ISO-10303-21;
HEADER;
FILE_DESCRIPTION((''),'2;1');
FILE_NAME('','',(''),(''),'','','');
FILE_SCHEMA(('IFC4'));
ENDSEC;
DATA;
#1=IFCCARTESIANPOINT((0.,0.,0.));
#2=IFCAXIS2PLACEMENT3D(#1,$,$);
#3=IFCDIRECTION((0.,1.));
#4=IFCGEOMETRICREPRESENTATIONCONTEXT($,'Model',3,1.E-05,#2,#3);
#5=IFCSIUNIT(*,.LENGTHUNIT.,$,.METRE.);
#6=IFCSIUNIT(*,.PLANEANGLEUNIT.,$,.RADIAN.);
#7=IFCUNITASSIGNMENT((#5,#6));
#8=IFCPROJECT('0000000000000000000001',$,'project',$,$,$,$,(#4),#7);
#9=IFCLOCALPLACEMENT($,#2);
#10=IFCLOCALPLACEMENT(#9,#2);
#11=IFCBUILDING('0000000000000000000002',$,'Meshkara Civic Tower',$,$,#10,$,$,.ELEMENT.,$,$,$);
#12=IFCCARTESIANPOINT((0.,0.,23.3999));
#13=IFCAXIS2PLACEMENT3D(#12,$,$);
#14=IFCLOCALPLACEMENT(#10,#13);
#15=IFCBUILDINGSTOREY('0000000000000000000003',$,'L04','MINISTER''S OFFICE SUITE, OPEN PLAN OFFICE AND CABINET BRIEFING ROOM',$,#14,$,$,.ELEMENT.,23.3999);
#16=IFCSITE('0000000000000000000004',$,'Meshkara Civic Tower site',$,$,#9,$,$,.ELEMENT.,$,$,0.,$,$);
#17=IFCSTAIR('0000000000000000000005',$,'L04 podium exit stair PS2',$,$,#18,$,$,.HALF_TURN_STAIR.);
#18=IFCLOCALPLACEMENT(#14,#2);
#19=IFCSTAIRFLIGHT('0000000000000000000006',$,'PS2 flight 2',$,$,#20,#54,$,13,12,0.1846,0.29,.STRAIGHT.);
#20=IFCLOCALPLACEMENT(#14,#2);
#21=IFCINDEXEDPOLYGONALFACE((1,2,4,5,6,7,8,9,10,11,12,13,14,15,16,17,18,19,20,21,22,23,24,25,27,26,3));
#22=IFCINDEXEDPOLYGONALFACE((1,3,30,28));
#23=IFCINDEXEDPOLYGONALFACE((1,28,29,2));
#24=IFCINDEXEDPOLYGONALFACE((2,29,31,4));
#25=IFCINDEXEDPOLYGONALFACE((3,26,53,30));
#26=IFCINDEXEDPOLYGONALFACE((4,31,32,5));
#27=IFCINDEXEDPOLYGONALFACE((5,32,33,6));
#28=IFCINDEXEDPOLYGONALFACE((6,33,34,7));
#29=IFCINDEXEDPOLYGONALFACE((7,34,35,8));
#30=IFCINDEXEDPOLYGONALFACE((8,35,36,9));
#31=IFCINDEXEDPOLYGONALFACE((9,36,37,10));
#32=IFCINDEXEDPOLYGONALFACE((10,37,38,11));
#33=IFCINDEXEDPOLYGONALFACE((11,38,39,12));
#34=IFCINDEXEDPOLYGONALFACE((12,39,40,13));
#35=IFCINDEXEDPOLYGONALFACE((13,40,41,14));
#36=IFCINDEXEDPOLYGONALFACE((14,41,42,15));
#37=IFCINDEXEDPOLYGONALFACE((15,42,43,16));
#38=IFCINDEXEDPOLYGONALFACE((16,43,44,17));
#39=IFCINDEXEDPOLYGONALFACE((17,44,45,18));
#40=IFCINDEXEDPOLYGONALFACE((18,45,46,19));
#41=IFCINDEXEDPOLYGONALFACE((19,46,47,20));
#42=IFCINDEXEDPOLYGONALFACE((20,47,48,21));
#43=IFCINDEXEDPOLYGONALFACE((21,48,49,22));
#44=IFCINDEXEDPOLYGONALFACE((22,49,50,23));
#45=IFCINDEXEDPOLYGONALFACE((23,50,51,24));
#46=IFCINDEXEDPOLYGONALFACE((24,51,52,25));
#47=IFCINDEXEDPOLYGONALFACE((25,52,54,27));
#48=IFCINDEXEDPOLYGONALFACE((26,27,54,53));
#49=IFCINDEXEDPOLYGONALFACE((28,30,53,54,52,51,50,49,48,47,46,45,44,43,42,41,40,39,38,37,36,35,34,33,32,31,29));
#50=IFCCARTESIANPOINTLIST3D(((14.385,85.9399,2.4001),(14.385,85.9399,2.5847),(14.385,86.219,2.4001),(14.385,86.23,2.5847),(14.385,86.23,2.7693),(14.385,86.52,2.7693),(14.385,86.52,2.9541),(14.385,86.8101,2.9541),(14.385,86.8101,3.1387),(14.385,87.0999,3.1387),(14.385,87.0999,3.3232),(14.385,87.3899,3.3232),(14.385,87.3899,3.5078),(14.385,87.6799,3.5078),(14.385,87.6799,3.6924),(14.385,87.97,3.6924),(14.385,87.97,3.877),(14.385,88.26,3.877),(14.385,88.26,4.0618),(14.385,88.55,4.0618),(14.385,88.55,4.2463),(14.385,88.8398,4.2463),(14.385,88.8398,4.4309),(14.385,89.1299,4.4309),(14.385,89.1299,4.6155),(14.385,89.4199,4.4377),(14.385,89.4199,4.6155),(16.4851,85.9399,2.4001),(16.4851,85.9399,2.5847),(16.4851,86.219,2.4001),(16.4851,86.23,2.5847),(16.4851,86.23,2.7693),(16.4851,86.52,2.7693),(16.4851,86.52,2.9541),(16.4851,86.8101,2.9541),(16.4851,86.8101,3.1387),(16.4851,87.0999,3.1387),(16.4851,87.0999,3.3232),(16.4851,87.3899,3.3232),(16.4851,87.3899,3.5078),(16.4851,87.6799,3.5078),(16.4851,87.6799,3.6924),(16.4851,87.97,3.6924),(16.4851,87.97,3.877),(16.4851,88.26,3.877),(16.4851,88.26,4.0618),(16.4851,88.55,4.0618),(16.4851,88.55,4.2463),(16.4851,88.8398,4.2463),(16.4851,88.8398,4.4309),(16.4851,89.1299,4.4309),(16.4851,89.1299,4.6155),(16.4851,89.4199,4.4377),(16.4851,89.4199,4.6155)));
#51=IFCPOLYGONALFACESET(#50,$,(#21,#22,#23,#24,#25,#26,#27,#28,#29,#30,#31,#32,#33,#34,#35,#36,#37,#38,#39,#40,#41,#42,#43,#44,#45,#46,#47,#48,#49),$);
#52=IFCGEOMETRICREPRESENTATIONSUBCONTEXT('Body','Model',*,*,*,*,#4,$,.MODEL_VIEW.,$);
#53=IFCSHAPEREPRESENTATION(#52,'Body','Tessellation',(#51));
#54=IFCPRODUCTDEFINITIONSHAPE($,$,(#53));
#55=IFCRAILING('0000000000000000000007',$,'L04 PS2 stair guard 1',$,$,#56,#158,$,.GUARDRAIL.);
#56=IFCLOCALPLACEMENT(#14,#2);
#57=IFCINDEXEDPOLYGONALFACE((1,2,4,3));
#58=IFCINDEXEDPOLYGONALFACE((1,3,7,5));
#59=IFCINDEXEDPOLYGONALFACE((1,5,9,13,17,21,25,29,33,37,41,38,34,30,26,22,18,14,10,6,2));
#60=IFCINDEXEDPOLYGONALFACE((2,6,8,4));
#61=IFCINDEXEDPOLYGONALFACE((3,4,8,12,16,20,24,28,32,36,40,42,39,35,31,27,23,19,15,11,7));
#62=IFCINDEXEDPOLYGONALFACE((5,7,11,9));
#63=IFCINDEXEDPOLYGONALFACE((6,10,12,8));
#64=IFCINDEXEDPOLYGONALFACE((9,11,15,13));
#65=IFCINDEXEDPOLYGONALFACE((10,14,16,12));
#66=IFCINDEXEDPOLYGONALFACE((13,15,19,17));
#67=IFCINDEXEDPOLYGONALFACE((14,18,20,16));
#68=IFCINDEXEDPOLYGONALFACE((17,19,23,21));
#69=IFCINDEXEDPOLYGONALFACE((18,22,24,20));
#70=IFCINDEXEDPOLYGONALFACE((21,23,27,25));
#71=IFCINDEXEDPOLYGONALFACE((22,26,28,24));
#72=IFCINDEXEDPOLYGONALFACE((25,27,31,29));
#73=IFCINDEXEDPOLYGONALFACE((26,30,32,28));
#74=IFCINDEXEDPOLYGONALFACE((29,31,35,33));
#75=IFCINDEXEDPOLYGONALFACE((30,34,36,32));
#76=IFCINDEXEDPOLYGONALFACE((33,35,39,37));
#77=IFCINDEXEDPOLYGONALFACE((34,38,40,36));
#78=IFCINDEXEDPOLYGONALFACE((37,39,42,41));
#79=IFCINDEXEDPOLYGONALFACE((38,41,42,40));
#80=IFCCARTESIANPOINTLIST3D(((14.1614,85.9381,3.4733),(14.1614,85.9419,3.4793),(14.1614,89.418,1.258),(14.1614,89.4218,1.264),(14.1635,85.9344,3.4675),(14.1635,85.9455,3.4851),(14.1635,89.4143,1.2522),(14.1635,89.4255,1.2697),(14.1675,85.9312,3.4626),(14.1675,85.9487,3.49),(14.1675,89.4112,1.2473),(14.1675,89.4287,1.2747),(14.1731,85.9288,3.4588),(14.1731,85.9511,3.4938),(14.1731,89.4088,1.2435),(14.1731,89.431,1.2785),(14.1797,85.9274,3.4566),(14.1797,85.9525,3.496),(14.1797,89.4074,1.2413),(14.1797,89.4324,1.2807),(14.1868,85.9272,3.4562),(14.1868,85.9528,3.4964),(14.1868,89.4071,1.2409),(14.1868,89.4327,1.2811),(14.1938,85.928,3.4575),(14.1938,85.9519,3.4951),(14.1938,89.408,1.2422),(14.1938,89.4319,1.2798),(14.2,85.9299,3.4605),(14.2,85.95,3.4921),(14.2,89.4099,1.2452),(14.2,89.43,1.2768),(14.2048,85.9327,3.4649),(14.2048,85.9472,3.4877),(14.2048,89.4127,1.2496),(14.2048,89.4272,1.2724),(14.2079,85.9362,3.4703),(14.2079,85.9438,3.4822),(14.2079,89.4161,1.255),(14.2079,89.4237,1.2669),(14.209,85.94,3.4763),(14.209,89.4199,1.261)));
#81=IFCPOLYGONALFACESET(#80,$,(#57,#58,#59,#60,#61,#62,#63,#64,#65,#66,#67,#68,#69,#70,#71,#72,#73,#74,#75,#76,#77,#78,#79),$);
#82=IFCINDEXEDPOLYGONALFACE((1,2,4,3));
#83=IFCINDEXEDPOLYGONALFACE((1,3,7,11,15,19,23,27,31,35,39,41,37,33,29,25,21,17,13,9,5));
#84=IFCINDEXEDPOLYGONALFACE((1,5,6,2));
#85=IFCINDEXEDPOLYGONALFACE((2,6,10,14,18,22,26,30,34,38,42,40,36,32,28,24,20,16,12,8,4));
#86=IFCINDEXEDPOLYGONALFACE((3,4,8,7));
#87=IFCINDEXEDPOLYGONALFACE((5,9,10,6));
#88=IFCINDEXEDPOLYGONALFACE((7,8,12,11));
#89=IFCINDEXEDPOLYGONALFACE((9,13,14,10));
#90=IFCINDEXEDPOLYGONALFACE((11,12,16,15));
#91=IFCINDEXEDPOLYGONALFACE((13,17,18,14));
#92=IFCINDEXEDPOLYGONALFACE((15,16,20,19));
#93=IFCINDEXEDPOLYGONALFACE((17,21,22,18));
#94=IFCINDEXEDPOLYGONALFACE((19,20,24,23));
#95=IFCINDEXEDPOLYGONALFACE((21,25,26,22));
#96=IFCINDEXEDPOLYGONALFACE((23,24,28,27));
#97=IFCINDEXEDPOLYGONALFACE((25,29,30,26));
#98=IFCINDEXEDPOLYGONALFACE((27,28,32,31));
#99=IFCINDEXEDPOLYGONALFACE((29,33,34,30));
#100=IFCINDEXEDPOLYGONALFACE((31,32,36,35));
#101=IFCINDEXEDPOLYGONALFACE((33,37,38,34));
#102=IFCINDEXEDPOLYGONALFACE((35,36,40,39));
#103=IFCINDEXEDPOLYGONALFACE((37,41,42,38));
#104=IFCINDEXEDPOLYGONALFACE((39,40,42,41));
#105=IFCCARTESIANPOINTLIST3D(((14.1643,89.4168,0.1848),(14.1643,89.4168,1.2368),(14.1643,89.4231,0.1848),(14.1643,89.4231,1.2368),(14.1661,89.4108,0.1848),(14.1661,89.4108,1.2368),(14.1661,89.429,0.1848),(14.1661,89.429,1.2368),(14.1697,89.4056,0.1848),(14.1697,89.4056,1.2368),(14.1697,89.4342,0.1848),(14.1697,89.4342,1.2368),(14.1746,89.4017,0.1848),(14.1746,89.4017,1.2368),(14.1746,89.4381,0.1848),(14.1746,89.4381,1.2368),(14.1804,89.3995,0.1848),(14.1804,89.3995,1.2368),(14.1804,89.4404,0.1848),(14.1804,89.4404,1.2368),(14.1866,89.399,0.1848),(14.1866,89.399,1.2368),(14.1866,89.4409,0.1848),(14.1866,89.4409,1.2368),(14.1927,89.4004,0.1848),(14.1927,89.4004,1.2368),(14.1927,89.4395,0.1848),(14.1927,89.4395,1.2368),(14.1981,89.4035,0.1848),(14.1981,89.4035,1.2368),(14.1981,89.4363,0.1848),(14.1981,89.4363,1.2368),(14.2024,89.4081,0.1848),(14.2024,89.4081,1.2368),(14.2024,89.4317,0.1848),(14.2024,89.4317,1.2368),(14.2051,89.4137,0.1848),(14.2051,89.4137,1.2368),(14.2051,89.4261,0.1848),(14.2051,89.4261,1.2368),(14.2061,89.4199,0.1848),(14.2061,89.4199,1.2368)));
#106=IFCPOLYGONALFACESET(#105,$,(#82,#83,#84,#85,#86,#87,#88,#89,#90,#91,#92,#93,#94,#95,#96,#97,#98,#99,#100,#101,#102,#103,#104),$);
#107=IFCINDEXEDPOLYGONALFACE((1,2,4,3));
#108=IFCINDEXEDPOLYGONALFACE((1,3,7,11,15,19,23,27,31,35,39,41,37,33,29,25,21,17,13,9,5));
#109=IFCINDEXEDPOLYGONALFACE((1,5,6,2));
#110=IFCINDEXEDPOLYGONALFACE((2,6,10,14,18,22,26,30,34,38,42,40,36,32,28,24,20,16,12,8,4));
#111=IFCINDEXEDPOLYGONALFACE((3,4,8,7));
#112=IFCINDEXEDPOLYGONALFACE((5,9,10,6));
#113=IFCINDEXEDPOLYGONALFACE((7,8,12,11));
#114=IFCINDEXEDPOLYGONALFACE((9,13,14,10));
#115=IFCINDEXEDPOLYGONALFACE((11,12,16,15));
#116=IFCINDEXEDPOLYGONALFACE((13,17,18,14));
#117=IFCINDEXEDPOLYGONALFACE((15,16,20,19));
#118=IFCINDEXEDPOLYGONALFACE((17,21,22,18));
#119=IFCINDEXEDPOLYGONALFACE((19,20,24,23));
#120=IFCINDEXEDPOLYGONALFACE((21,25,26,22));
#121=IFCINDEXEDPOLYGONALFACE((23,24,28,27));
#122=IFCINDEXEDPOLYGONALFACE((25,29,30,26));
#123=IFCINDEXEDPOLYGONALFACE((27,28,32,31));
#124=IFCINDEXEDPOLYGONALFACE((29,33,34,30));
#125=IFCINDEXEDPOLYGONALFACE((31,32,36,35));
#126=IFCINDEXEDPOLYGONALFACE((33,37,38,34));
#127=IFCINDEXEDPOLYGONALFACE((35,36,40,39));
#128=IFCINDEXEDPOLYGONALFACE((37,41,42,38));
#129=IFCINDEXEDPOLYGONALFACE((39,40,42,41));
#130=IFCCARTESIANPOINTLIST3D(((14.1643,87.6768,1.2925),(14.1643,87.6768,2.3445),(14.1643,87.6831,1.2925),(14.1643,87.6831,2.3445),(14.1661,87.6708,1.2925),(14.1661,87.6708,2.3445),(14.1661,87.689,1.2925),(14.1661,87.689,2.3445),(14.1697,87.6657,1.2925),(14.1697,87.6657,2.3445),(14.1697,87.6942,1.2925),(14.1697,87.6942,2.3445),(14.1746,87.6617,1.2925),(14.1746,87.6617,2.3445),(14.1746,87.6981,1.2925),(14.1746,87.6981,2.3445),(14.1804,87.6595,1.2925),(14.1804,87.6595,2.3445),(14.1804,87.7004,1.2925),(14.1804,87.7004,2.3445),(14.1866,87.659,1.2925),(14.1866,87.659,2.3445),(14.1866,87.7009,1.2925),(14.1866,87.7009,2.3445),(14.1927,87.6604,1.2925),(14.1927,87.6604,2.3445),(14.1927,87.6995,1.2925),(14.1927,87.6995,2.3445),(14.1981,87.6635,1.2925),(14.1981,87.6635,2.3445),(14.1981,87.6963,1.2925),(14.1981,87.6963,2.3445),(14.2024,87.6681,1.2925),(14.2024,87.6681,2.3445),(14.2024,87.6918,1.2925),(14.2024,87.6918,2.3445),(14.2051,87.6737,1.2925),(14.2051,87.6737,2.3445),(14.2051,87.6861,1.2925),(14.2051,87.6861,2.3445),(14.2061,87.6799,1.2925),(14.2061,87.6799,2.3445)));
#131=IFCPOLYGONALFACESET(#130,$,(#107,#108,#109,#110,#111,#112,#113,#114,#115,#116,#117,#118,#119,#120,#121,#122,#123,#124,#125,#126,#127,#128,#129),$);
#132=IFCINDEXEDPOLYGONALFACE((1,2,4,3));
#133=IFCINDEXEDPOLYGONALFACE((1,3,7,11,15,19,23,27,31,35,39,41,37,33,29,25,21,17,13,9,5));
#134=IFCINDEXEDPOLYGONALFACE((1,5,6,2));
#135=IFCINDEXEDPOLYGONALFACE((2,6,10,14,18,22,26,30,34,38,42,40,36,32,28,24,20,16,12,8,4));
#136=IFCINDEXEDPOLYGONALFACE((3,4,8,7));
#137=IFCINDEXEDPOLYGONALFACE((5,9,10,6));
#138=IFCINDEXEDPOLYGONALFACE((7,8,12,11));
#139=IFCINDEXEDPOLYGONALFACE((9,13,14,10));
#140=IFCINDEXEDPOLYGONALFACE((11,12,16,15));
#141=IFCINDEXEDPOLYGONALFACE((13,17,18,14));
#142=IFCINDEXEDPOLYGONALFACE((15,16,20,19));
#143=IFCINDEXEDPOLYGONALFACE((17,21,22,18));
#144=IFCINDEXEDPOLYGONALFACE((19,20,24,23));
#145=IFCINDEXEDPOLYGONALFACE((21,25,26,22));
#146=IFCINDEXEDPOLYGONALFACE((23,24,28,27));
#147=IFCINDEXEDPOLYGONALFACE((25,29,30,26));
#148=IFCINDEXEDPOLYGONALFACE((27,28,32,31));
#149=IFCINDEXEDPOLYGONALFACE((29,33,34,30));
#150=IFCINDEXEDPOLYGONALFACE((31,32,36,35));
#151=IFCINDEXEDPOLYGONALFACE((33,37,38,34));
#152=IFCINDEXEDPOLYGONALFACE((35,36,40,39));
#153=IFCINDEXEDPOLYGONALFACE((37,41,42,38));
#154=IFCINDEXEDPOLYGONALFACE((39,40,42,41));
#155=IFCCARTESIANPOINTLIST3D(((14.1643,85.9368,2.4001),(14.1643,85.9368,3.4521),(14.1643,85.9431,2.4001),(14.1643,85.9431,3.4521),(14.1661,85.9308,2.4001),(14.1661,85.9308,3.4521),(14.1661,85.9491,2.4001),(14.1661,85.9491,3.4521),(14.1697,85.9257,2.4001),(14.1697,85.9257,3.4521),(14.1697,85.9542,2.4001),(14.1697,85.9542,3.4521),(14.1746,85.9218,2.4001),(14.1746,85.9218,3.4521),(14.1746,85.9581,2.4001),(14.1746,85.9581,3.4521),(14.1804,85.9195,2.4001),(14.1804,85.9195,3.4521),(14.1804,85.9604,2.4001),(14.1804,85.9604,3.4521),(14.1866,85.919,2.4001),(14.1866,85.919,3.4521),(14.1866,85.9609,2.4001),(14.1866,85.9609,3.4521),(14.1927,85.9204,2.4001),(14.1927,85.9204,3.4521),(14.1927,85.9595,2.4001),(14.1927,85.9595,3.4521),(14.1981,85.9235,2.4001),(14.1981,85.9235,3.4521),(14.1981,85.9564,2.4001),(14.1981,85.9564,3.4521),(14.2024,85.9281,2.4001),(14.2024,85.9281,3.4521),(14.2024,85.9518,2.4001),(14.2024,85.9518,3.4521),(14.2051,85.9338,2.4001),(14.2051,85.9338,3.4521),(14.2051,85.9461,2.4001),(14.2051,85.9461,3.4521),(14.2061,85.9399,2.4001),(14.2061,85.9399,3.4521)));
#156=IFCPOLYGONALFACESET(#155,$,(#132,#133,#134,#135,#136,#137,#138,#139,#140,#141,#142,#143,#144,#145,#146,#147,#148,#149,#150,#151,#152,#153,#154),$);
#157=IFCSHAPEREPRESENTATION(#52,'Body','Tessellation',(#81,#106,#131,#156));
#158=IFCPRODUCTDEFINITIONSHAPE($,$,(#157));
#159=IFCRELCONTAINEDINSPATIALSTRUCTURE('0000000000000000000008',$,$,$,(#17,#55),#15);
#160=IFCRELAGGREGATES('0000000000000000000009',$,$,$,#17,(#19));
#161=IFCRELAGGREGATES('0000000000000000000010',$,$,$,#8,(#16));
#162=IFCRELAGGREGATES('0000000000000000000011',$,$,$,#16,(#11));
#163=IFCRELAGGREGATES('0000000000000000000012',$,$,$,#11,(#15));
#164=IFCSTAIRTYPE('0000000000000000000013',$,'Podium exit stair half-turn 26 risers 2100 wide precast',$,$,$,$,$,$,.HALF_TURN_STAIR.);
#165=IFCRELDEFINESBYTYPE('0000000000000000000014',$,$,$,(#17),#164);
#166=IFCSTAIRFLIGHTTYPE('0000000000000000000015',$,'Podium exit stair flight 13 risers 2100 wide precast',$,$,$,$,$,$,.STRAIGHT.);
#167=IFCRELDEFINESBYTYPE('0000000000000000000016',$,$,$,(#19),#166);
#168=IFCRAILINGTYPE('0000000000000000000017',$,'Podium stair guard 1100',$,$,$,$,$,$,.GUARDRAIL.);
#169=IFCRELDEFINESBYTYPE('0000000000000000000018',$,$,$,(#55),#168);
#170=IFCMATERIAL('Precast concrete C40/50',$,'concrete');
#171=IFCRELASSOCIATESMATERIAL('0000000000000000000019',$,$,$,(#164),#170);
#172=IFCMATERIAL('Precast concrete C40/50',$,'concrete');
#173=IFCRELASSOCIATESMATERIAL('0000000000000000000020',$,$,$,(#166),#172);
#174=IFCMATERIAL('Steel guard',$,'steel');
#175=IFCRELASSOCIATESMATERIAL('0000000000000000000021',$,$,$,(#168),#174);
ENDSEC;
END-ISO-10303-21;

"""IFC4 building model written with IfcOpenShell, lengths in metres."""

from ifc_helpers import new_model, si_unit, direction, frame, origin, origin_2d, place, context, subcontext, project, spatial, polyline, circle, outline, extrude, material, type_object, element, aggregate, save


model = new_model("IFC4")

# Units and contexts
model_context = context("Model", 3, precision=1e-05, world=origin(), true_north=direction((0.0, 1.0)))
body_context = subcontext(model_context, "Body", "Model", "MODEL_VIEW")
ifc_project = project(units=[si_unit("LENGTHUNIT", "METRE"), si_unit("PLANEANGLEUNIT", "RADIAN")], contexts=[model_context])

# Site, building, storey
site_placement = place(None, origin())
site = spatial("IfcSite", under=ifc_project, at=site_placement, Name="Meshkara Civic Tower site", CompositionType="ELEMENT", RefElevation=0.0)
building_placement = place(site_placement, origin())
building = spatial("IfcBuilding", under=site, at=building_placement, Name="Meshkara Civic Tower", CompositionType="ELEMENT")
storey_placement = place(building_placement, frame((0.0, 0.0, 23.3999)))
storey = spatial("IfcBuildingStorey", under=building, at=storey_placement, Name="L04", Description="MINISTER'S OFFICE SUITE, OPEN PLAN OFFICE AND CABINET BRIEFING ROOM", CompositionType="ELEMENT", Elevation=23.3999)

# Stair, stair flight
ifc_material_1 = material(Name="Precast concrete C40/50", Category="concrete")
stair_type = type_object("IfcStairType", Name="Podium exit stair half-turn 26 risers 2100 wide precast", PredefinedType="HALF_TURN_STAIR", material=ifc_material_1)
stair_placement = place(storey_placement, origin())
stair = element("IfcStair", 1, at=stair_placement, inside=storey, type_object=stair_type, Name="L04 podium exit stair PS2", PredefinedType="HALF_TURN_STAIR")
ifc_material_2 = material(Name="Precast concrete C40/50", Category="concrete")
stair_flight_type = type_object("IfcStairFlightType", Name="Podium exit stair flight 13 risers 2100 wide precast", PredefinedType="STRAIGHT", material=ifc_material_2)
stair_flight_1_placement = place(storey_placement, frame((15.4351, 85.9399, 2.4001), z_axis=(0.0, 0.0, 1.0), x_axis=(0.0, 1.0, 0.0)))
stair_flight_1 = element("IfcStairFlight", 2, at=stair_flight_1_placement, type_object=stair_flight_type, Name="PS2 flight 2", NumberOfRisers=13, NumberOfTreads=12, PredefinedType="STRAIGHT", RiserHeight=0.1846, TreadLength=0.29, context=body_context, shape_type="SweptSolid", body=[
    extrude(outline(polyline([(0.0, 0.0), (0.0, 0.1846), (0.29, 0.1846), (0.29, 0.3691), (0.5801, 0.3691), (0.5801, 0.554), (0.8701, 0.554), (0.8701, 0.7385), (1.1599, 0.7385), (1.1599, 0.9231), (1.45, 0.9231), (1.45, 1.1077), (1.74, 1.1077), (1.74, 1.2922), (2.03, 1.2922), (2.03, 1.4768), (2.3201, 1.4768), (2.3201, 1.6616), (2.6101, 1.6616), (2.6101, 1.8462), (2.8999, 1.8462), (2.8999, 2.0308), (3.1899, 2.0308), (3.1899, 2.2153), (3.48, 2.2153), (3.48, 2.3999), (3.48, 2.0376), (0.2791, 0.0), (0.0, 0.0)])), frame((0.0, 1.05, 0.0), z_axis=(0.0, -1.0, 0.0), x_axis=(1.0, 0.0, 0.0)), (0.0, 0.0, 1.0), 2.1001),
])
aggregate(stair, [stair_flight_1])

# Railing
ifc_material_3 = material(Name="Steel guard", Category="steel")
railing_type_1 = type_object("IfcRailingType", Name="Podium stair guard 1100", PredefinedType="GUARDRAIL", material=ifc_material_3)
railing_1_placement = place(storey_placement, frame((14.1851, 89.4199, 0.1848)))
element("IfcRailing", 3, at=railing_1_placement, inside=storey, type_object=railing_type_1, Name="L04 PS2 stair guard 1", PredefinedType="GUARDRAIL", context=body_context, shape_type="SweptSolid", body=[
    extrude(circle(Radius=0.0239, at=origin_2d()), frame((0.0, 0.0, 1.0762), z_axis=(0.0, -0.843574, 0.537013), x_axis=(1.0, 0.0, 0.0)), (0.0, 0.0, 1.0), 4.1252),
    extrude(circle(Radius=0.021, at=origin_2d()), origin(), (0.0, 0.0, 1.0), 1.052),
    extrude(circle(Radius=0.021, at=origin_2d()), frame((0.0, -1.74, 1.1077)), (0.0, 0.0, 1.0), 1.052),
    extrude(circle(Radius=0.021, at=origin_2d()), frame((0.0, -3.48, 2.2153)), (0.0, 0.0, 1.0), 1.052),
])

save(model, "model.ifc")
